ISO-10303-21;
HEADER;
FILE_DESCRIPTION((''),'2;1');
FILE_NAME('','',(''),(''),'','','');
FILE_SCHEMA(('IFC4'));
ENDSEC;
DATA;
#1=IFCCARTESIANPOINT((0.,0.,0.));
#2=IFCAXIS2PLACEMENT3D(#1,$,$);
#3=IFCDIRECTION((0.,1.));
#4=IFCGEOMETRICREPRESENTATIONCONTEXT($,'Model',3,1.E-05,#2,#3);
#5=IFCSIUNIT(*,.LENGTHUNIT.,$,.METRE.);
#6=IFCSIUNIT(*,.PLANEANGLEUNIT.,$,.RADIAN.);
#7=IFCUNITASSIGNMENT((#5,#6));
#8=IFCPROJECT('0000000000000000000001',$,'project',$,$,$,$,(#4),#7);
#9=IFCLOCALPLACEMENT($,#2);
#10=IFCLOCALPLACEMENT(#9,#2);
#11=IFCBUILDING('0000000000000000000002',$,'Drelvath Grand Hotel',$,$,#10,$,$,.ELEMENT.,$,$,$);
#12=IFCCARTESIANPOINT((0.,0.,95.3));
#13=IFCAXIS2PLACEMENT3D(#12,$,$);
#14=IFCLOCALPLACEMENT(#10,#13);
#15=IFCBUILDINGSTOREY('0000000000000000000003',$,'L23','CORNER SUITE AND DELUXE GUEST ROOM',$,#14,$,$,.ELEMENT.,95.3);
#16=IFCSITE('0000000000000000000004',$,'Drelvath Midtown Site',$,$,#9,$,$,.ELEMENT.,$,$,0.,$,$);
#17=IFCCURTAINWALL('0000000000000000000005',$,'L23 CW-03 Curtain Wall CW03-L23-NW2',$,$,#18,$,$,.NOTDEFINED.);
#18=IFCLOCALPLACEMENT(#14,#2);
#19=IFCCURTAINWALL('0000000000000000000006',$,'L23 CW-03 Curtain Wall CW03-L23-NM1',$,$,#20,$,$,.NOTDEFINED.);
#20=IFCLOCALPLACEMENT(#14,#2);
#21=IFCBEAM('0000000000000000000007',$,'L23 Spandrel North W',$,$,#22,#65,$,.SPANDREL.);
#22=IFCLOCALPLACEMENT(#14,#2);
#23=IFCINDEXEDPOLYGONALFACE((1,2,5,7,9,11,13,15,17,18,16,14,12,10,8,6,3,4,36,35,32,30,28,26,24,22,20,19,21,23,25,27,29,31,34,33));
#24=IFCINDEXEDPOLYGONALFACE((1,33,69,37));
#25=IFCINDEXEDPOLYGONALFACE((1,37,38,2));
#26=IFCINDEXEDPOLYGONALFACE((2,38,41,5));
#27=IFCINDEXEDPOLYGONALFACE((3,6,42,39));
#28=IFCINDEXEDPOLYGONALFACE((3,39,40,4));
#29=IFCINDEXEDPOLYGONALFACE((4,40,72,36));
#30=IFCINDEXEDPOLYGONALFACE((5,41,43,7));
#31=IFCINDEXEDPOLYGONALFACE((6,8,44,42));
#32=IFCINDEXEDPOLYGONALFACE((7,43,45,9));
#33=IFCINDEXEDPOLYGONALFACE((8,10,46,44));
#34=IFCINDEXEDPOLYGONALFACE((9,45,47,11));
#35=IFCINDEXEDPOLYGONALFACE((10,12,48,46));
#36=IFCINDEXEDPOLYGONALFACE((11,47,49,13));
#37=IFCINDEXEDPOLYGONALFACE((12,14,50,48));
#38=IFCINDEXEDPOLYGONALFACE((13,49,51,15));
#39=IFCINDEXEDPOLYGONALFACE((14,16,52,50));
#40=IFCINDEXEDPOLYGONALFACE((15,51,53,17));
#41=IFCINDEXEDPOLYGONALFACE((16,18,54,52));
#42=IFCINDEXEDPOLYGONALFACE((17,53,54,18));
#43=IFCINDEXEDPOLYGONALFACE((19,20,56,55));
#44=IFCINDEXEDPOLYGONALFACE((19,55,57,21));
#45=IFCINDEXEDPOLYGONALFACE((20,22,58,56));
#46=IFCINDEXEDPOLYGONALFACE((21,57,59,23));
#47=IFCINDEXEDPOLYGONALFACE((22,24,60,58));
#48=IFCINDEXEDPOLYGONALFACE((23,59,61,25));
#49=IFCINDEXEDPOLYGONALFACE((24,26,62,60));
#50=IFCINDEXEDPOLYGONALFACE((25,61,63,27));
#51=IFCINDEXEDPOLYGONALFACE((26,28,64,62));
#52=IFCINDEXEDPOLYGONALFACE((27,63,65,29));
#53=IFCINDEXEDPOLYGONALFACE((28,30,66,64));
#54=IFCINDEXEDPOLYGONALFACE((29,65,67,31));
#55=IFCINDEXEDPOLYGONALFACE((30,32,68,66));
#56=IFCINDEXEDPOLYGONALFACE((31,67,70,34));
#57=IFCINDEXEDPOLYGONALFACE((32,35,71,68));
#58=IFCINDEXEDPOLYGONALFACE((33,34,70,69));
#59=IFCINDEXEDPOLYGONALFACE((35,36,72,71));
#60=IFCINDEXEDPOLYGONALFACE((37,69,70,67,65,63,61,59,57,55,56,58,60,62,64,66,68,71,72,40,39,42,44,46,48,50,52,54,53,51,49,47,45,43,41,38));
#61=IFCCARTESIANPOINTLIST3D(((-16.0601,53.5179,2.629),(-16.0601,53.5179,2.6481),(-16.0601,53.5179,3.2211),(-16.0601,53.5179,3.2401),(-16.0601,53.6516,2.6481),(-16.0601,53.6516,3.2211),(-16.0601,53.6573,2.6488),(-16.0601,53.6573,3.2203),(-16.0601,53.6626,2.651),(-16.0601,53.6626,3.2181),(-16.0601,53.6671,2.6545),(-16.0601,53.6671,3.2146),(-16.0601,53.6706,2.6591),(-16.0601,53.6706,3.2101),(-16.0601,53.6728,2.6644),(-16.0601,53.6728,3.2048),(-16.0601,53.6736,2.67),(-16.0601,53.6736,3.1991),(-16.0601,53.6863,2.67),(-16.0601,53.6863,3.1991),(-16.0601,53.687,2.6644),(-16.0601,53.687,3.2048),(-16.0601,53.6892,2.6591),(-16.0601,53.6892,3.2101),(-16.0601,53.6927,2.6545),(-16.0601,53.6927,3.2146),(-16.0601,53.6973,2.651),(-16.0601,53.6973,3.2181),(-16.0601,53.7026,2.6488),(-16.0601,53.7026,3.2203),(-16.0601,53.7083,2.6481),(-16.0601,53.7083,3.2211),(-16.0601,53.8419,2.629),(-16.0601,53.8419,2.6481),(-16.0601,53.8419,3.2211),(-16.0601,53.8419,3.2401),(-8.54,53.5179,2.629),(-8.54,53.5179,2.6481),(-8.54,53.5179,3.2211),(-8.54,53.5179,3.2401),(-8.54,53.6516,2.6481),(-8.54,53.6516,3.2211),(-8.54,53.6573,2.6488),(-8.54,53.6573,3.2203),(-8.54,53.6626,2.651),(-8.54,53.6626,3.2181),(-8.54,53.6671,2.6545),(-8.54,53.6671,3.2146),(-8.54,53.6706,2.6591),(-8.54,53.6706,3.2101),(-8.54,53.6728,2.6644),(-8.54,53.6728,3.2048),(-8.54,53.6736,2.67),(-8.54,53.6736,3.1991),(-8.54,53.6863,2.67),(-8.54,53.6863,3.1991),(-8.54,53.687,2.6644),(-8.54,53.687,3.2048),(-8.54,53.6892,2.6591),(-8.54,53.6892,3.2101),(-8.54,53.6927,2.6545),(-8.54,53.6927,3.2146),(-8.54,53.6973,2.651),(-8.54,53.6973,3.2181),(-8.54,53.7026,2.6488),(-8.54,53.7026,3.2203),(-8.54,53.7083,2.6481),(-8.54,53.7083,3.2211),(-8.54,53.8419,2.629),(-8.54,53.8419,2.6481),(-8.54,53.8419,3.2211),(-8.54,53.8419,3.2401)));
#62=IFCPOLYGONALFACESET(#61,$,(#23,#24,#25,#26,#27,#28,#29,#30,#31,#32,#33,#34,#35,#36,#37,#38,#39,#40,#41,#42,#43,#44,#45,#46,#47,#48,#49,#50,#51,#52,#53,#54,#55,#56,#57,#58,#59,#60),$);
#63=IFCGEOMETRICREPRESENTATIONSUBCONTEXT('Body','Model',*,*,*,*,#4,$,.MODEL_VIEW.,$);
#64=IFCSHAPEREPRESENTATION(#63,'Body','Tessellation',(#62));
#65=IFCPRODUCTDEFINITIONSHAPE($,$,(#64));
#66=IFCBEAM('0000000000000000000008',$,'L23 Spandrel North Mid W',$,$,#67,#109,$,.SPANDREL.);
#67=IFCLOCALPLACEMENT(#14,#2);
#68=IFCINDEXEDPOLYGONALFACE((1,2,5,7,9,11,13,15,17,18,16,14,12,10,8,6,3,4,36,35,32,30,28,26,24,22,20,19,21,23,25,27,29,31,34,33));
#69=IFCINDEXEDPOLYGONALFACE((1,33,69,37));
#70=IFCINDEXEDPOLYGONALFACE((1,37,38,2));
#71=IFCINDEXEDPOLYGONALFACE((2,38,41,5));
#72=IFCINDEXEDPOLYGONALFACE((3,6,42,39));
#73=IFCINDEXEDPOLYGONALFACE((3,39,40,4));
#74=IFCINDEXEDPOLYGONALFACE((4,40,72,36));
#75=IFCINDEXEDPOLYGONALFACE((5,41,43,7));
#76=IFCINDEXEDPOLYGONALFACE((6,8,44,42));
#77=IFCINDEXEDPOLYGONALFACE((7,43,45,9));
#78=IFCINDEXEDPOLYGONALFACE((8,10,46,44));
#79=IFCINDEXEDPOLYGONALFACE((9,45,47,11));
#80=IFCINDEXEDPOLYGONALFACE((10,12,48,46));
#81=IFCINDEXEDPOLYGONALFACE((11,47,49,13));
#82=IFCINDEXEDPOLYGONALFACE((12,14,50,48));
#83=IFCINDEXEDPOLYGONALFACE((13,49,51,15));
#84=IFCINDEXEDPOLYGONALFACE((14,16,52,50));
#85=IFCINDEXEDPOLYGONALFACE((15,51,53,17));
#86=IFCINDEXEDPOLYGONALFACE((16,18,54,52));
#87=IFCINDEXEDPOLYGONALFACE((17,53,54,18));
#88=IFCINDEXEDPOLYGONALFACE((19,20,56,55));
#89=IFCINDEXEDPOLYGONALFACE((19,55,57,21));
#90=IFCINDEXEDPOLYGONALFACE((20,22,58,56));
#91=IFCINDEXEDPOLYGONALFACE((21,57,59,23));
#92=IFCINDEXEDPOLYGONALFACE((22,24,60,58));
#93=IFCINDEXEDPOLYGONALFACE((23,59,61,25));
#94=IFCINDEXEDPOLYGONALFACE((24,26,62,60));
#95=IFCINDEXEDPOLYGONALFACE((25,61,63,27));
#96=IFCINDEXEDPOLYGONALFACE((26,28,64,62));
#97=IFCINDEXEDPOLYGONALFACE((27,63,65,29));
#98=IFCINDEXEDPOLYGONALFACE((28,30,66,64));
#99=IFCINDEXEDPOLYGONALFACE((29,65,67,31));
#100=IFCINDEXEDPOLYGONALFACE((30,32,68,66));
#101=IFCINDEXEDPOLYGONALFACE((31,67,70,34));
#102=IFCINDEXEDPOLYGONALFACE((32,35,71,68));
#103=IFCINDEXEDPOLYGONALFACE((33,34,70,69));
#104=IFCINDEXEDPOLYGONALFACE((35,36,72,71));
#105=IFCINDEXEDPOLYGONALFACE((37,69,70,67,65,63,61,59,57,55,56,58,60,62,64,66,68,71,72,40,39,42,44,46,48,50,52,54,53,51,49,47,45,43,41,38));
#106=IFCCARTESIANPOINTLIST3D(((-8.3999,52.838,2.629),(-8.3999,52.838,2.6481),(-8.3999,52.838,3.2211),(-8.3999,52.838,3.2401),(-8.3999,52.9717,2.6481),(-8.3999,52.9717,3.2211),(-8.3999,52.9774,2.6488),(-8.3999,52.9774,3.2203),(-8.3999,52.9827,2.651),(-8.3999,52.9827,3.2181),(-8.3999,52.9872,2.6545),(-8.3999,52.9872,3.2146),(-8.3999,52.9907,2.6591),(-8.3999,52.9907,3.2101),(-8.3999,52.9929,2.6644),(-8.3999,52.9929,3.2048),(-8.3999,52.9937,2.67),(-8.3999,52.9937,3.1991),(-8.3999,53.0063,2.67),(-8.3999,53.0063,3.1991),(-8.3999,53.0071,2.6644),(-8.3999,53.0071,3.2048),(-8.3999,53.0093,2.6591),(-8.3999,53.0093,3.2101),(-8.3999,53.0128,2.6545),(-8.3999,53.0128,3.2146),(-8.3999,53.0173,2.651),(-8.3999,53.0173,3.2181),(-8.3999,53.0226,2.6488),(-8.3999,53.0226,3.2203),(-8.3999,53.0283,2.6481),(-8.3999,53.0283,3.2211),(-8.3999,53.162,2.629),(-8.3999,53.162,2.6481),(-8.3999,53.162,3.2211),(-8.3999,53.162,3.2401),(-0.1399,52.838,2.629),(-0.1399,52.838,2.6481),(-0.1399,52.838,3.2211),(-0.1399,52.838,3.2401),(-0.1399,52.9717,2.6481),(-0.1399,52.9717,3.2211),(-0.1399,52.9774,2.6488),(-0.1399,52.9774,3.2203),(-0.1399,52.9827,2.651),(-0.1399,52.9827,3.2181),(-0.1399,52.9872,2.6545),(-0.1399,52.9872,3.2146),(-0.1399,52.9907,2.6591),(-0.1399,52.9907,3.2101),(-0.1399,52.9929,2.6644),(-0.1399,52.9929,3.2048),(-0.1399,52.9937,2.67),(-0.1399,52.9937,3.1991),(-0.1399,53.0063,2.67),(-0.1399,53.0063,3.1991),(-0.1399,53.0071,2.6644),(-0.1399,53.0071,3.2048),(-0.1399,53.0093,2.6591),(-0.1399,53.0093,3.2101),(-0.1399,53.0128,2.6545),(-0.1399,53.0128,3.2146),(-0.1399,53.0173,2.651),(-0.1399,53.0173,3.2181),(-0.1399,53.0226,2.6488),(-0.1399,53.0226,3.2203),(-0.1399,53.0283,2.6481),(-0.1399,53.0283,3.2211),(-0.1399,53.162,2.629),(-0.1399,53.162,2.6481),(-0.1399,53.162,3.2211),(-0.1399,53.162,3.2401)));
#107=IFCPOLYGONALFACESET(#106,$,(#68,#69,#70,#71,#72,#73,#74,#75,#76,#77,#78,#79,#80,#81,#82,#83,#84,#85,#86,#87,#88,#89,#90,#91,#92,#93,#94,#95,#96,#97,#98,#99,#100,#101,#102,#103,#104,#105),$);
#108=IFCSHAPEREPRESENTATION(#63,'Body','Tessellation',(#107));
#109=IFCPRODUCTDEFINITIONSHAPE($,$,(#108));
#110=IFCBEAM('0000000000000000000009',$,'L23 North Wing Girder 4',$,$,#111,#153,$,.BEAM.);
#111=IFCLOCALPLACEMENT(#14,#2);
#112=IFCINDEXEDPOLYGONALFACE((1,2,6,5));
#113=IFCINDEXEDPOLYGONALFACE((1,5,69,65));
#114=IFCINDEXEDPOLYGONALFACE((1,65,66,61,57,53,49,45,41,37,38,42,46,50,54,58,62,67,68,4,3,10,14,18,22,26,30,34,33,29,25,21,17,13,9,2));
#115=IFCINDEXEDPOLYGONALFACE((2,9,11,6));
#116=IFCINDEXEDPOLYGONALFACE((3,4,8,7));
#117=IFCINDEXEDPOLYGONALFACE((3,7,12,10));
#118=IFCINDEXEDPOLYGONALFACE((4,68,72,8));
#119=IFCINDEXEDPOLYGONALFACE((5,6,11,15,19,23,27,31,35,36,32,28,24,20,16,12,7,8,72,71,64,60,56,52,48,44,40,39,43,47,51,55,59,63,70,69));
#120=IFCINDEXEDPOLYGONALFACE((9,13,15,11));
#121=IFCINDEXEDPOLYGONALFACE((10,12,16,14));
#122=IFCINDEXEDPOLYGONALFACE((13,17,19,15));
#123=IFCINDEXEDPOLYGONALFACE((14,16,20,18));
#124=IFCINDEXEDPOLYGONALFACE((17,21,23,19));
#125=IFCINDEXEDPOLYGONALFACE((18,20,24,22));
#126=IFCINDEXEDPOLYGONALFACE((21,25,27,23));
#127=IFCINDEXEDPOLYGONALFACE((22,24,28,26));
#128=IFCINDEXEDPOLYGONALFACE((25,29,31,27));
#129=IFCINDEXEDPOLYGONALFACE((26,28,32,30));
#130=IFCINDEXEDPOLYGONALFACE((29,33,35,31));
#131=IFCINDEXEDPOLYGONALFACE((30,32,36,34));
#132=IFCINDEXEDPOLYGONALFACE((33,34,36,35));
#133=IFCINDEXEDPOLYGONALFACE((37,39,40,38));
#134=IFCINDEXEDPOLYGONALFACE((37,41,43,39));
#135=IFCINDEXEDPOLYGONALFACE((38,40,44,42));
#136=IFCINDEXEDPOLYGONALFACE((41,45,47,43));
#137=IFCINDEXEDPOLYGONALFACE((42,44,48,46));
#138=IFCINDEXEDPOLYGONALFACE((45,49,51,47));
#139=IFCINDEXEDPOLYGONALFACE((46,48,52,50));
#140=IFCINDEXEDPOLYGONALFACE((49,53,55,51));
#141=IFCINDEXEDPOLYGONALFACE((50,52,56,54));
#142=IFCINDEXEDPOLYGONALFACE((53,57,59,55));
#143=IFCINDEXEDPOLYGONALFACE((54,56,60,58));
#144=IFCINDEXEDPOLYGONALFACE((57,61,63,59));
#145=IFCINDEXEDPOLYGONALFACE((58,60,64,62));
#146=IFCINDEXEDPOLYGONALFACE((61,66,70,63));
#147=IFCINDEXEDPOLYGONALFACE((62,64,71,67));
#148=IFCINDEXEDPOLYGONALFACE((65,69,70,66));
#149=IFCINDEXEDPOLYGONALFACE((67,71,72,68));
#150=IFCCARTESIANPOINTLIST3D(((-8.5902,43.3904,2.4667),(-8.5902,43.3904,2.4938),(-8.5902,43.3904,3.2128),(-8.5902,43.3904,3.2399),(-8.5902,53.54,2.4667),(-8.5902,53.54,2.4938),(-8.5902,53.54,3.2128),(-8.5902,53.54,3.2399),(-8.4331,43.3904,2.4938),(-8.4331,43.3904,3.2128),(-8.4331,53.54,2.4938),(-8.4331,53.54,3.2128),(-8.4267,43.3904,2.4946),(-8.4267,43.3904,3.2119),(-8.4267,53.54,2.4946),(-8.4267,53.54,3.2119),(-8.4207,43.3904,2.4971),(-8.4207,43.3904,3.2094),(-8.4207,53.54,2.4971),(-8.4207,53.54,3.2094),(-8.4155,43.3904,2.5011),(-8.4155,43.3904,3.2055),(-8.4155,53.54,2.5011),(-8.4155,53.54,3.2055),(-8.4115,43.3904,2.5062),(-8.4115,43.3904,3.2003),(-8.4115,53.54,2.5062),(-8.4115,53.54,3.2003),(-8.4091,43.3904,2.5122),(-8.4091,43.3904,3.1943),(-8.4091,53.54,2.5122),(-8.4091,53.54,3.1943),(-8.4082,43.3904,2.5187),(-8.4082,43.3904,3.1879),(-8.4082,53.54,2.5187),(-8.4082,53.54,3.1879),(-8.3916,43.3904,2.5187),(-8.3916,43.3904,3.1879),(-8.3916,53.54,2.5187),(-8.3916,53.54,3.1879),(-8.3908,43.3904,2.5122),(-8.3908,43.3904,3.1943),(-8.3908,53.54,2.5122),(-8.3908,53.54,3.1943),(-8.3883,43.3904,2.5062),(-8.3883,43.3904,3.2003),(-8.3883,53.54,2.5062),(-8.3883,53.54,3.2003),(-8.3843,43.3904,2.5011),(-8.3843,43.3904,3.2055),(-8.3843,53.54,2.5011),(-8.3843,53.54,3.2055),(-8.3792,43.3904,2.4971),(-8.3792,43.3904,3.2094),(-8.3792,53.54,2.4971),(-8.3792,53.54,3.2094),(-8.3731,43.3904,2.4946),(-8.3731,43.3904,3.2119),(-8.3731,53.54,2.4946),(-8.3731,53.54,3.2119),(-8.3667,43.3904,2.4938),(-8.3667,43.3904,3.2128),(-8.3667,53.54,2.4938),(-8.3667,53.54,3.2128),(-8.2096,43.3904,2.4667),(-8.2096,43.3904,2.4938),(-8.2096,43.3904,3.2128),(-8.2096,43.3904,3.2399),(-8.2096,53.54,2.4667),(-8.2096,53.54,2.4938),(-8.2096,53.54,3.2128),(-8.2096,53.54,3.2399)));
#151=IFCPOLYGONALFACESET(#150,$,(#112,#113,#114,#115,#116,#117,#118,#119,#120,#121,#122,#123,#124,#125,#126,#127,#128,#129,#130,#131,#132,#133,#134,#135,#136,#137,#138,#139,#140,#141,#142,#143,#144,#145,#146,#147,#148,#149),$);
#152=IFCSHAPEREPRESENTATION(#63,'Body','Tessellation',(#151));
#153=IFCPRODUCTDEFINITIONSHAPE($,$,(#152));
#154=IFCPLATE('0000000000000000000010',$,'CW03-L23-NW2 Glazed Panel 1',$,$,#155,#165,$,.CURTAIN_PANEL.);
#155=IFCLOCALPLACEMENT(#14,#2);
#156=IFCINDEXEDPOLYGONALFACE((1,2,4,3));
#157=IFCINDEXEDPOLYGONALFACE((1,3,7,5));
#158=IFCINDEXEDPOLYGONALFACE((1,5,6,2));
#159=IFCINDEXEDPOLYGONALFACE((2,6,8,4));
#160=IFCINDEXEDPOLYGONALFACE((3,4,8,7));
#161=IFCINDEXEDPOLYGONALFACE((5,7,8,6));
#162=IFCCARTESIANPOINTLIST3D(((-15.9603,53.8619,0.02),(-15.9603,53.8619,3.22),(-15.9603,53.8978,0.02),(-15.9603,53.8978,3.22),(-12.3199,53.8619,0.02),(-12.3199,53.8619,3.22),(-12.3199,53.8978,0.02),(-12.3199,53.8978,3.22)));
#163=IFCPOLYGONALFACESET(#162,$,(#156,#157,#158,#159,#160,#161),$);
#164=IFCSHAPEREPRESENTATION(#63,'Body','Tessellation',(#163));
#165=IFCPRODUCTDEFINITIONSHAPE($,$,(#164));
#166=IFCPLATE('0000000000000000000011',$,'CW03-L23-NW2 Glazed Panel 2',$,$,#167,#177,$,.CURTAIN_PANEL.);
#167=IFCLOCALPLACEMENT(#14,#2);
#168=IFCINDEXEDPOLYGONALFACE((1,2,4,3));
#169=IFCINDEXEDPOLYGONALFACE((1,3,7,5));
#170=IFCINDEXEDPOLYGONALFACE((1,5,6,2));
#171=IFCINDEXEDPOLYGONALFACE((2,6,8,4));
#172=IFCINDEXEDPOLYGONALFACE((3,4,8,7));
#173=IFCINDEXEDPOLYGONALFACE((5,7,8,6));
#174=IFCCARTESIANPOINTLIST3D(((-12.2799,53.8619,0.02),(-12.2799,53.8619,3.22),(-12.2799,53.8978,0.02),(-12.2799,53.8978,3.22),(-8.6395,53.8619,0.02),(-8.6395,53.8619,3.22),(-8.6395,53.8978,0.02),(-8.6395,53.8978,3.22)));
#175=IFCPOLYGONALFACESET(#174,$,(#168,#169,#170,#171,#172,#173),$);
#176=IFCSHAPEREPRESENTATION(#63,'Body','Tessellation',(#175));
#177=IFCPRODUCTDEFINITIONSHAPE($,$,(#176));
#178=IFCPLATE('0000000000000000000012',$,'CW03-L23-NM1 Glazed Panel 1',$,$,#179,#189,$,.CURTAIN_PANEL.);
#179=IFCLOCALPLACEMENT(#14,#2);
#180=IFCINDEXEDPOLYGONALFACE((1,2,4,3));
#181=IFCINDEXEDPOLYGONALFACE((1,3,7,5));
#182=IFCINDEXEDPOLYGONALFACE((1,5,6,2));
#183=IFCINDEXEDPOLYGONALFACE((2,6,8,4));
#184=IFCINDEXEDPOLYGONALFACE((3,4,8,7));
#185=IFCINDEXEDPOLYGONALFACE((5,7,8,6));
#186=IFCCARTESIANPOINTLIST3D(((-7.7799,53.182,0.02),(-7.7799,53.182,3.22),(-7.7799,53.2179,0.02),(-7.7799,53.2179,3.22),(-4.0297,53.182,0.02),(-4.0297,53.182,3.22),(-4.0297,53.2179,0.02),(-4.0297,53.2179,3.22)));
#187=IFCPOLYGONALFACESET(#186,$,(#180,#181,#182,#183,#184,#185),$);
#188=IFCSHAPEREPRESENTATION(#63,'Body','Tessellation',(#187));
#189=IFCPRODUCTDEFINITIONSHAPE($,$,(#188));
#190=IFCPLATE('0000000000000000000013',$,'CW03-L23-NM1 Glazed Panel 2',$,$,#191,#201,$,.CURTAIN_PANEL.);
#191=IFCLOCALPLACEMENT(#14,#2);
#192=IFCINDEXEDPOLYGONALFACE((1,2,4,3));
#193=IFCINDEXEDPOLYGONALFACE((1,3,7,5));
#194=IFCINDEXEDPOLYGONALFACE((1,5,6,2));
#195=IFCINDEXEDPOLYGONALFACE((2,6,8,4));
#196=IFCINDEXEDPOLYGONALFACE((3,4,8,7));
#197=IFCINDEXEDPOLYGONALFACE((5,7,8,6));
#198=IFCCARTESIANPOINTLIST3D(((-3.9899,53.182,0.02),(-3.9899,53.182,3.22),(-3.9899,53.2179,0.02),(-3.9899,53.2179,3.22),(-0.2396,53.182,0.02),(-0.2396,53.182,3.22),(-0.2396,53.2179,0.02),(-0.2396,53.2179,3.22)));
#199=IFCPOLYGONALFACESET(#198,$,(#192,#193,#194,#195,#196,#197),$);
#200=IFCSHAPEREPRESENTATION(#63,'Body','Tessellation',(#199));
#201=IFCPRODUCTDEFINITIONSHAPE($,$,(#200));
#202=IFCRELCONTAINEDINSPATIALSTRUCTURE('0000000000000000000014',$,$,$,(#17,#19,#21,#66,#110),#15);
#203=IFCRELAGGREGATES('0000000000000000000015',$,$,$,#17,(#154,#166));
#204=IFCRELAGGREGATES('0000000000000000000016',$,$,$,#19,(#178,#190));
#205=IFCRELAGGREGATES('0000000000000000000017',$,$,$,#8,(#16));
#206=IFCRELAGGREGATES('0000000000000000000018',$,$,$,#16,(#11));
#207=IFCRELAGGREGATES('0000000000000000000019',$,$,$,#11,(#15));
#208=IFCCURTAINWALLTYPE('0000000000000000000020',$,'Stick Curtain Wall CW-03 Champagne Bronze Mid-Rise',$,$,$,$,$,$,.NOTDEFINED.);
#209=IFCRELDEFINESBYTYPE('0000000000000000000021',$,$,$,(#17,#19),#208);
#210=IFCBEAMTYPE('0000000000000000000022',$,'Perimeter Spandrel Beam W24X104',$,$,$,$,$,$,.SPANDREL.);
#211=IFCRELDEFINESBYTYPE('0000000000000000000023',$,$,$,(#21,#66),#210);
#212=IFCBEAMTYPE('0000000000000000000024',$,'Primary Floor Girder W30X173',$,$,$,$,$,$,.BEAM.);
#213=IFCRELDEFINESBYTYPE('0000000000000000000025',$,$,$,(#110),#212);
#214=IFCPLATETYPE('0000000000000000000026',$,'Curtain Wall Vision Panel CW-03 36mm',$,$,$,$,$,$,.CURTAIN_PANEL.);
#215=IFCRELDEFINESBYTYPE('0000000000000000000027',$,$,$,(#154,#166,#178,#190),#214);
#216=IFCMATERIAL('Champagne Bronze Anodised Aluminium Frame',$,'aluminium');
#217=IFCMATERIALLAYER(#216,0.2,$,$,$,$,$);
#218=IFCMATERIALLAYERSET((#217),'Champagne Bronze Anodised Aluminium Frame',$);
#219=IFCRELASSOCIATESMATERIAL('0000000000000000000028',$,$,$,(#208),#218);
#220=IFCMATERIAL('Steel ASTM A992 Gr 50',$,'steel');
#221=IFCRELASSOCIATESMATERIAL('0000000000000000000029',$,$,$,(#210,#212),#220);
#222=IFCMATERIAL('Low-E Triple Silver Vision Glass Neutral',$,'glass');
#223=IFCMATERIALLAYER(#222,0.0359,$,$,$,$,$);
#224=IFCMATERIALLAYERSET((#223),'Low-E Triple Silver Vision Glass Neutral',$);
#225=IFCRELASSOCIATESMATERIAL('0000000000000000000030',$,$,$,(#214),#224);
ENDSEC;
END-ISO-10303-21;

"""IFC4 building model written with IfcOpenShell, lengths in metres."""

from ifc_helpers import new_model, si_unit, direction, frame, origin, origin_2d, place, context, subcontext, project, spatial, rectangle, i_section, extrude, material, layer, layer_set, material_profile, profile_set, type_object, element, aggregate, save


model = new_model("IFC4")

# Units and contexts
model_context = context("Model", 3, precision=1e-05, world=origin(), true_north=direction((0.0, 1.0)))
body_context = subcontext(model_context, "Body", "Model", "MODEL_VIEW")
ifc_project = project(units=[si_unit("LENGTHUNIT", "METRE"), si_unit("PLANEANGLEUNIT", "RADIAN")], contexts=[model_context])

# Site, building, storey
site_placement = place(None, origin())
site = spatial("IfcSite", under=ifc_project, at=site_placement, Name="Drelvath Midtown Site", CompositionType="ELEMENT", RefElevation=0.0)
building_placement = place(site_placement, origin())
building = spatial("IfcBuilding", under=site, at=building_placement, Name="Drelvath Grand Hotel", CompositionType="ELEMENT")
storey_placement = place(building_placement, frame((0.0, 0.0, 95.3)))
storey = spatial("IfcBuildingStorey", under=building, at=storey_placement, Name="L23", Description="CORNER SUITE AND DELUXE GUEST ROOM", CompositionType="ELEMENT", Elevation=95.3)

# Curtain walls
ifc_material_1 = material(Name="Champagne Bronze Anodised Aluminium Frame", Category="aluminium")
ifc_layer_1 = layer(ifc_material_1, 0.2)
ifc_layer_set_1 = layer_set([ifc_layer_1], Name="Champagne Bronze Anodised Aluminium Frame")
curtain_wall_type = type_object("IfcCurtainWallType", Name="Stick Curtain Wall CW-03 Champagne Bronze Mid-Rise", PredefinedType="NOTDEFINED", material=ifc_layer_set_1)
curtain_wall_1_placement = place(storey_placement, origin())
curtain_wall_1 = element("IfcCurtainWall", 1, at=curtain_wall_1_placement, inside=storey, type_object=curtain_wall_type, Name="L23 CW-03 Curtain Wall CW03-L23-NW2", PredefinedType="NOTDEFINED")
curtain_wall_2_placement = place(storey_placement, origin())
curtain_wall_2 = element("IfcCurtainWall", 2, at=curtain_wall_2_placement, inside=storey, type_object=curtain_wall_type, Name="L23 CW-03 Curtain Wall CW03-L23-NM1", PredefinedType="NOTDEFINED")

# Beams
ifc_material_2 = material(Name="Steel ASTM A992 Gr 50", Category="steel")
ifc_material_profile_1 = material_profile(ifc_material_2, i_section(OverallWidth=0.324, OverallDepth=0.6111, WebThickness=0.0127, FlangeThickness=0.019, FilletRadius=0.022, at=origin_2d()), Name="W24X104")
ifc_profile_set_1 = profile_set([ifc_material_profile_1], Name="Steel ASTM A992 Gr 50")
beam_type_1 = type_object("IfcBeamType", Name="Perimeter Spandrel Beam W24X104", PredefinedType="SPANDREL", material=ifc_profile_set_1)
beam_1_placement = place(storey_placement, frame((-16.0601, 53.6799, 2.9346), z_axis=(1.0, 0.0, 0.0), x_axis=(0.0, 1.0, 0.0)))
element("IfcBeam", 3, at=beam_1_placement, inside=storey, type_object=beam_type_1, Name="L23 Spandrel North W", PredefinedType="SPANDREL", context=body_context, shape_type="SweptSolid", body=[
    extrude(i_section(OverallWidth=0.324, OverallDepth=0.6111, WebThickness=0.0127, FlangeThickness=0.019, FilletRadius=0.022, at=origin_2d()), origin(), (0.0, 0.0, 1.0), 7.52),
])
beam_2_placement = place(storey_placement, frame((-8.3999, 53.0, 2.9346), z_axis=(1.0, 0.0, 0.0), x_axis=(0.0, 1.0, 0.0)))
element("IfcBeam", 4, at=beam_2_placement, inside=storey, type_object=beam_type_1, Name="L23 Spandrel North Mid W", PredefinedType="SPANDREL", context=body_context, shape_type="SweptSolid", body=[
    extrude(i_section(OverallWidth=0.324, OverallDepth=0.6111, WebThickness=0.0127, FlangeThickness=0.019, FilletRadius=0.022, at=origin_2d()), origin(), (0.0, 0.0, 1.0), 8.26),
])
ifc_material_profile_2 = material_profile(ifc_material_2, i_section(OverallWidth=0.3806, OverallDepth=0.7732, WebThickness=0.0166, FlangeThickness=0.0271, FilletRadius=0.0249, at=origin_2d()), Name="W30X173")
ifc_profile_set_2 = profile_set([ifc_material_profile_2], Name="Steel ASTM A992 Gr 50")
beam_type_2 = type_object("IfcBeamType", Name="Primary Floor Girder W30X173", PredefinedType="BEAM", material=ifc_profile_set_2)
beam_3_placement = place(storey_placement, frame((-8.3999, 43.3904, 2.8533), z_axis=(0.0, 1.0, 0.0), x_axis=(-1.0, 0.0, 0.0)))
element("IfcBeam", 5, at=beam_3_placement, inside=storey, type_object=beam_type_2, Name="L23 North Wing Girder 4", PredefinedType="BEAM", context=body_context, shape_type="SweptSolid", body=[
    extrude(i_section(OverallWidth=0.3806, OverallDepth=0.7732, WebThickness=0.0166, FlangeThickness=0.0271, FilletRadius=0.0249, at=origin_2d()), origin(), (0.0, 0.0, 1.0), 10.1497),
])

# Plates
ifc_material_3 = material(Name="Low-E Triple Silver Vision Glass Neutral", Category="glass")
ifc_layer_2 = layer(ifc_material_3, 0.0359)
ifc_layer_set_2 = layer_set([ifc_layer_2], Name="Low-E Triple Silver Vision Glass Neutral")
plate_type = type_object("IfcPlateType", Name="Curtain Wall Vision Panel CW-03 36mm", PredefinedType="CURTAIN_PANEL", material=ifc_layer_set_2)
plate_1_placement = place(storey_placement, frame((-14.1401, 53.8799, 0.02), z_axis=(0.0, 0.0, 1.0), x_axis=(1.0, 0.0, 0.0)))
plate_1 = element("IfcPlate", 6, at=plate_1_placement, type_object=plate_type, Name="CW03-L23-NW2 Glazed Panel 1", PredefinedType="CURTAIN_PANEL", context=body_context, shape_type="SweptSolid", body=[
    extrude(rectangle(XDim=3.6404, YDim=0.0359, at=origin_2d()), origin(), (0.0, 0.0, 1.0), 3.2),
])
plate_2_placement = place(storey_placement, frame((-10.4597, 53.8799, 0.02), z_axis=(0.0, 0.0, 1.0), x_axis=(1.0, 0.0, 0.0)))
plate_2 = element("IfcPlate", 7, at=plate_2_placement, type_object=plate_type, Name="CW03-L23-NW2 Glazed Panel 2", PredefinedType="CURTAIN_PANEL", context=body_context, shape_type="SweptSolid", body=[
    extrude(rectangle(XDim=3.6404, YDim=0.0359, at=origin_2d()), origin(), (0.0, 0.0, 1.0), 3.2),
])
aggregate(curtain_wall_1, [plate_1, plate_2])
plate_3_placement = place(storey_placement, frame((-5.9048, 53.2, 0.02), z_axis=(0.0, 0.0, 1.0), x_axis=(1.0, 0.0, 0.0)))
plate_3 = element("IfcPlate", 8, at=plate_3_placement, type_object=plate_type, Name="CW03-L23-NM1 Glazed Panel 1", PredefinedType="CURTAIN_PANEL", context=body_context, shape_type="SweptSolid", body=[
    extrude(rectangle(XDim=3.7502, YDim=0.0359, at=origin_2d()), origin(), (0.0, 0.0, 1.0), 3.2),
])
plate_4_placement = place(storey_placement, frame((-2.1147, 53.2, 0.02), z_axis=(0.0, 0.0, 1.0), x_axis=(1.0, 0.0, 0.0)))
plate_4 = element("IfcPlate", 9, at=plate_4_placement, type_object=plate_type, Name="CW03-L23-NM1 Glazed Panel 2", PredefinedType="CURTAIN_PANEL", context=body_context, shape_type="SweptSolid", body=[
    extrude(rectangle(XDim=3.7502, YDim=0.0359, at=origin_2d()), origin(), (0.0, 0.0, 1.0), 3.2),
])
aggregate(curtain_wall_2, [plate_3, plate_4])

save(model, "model.ifc")
